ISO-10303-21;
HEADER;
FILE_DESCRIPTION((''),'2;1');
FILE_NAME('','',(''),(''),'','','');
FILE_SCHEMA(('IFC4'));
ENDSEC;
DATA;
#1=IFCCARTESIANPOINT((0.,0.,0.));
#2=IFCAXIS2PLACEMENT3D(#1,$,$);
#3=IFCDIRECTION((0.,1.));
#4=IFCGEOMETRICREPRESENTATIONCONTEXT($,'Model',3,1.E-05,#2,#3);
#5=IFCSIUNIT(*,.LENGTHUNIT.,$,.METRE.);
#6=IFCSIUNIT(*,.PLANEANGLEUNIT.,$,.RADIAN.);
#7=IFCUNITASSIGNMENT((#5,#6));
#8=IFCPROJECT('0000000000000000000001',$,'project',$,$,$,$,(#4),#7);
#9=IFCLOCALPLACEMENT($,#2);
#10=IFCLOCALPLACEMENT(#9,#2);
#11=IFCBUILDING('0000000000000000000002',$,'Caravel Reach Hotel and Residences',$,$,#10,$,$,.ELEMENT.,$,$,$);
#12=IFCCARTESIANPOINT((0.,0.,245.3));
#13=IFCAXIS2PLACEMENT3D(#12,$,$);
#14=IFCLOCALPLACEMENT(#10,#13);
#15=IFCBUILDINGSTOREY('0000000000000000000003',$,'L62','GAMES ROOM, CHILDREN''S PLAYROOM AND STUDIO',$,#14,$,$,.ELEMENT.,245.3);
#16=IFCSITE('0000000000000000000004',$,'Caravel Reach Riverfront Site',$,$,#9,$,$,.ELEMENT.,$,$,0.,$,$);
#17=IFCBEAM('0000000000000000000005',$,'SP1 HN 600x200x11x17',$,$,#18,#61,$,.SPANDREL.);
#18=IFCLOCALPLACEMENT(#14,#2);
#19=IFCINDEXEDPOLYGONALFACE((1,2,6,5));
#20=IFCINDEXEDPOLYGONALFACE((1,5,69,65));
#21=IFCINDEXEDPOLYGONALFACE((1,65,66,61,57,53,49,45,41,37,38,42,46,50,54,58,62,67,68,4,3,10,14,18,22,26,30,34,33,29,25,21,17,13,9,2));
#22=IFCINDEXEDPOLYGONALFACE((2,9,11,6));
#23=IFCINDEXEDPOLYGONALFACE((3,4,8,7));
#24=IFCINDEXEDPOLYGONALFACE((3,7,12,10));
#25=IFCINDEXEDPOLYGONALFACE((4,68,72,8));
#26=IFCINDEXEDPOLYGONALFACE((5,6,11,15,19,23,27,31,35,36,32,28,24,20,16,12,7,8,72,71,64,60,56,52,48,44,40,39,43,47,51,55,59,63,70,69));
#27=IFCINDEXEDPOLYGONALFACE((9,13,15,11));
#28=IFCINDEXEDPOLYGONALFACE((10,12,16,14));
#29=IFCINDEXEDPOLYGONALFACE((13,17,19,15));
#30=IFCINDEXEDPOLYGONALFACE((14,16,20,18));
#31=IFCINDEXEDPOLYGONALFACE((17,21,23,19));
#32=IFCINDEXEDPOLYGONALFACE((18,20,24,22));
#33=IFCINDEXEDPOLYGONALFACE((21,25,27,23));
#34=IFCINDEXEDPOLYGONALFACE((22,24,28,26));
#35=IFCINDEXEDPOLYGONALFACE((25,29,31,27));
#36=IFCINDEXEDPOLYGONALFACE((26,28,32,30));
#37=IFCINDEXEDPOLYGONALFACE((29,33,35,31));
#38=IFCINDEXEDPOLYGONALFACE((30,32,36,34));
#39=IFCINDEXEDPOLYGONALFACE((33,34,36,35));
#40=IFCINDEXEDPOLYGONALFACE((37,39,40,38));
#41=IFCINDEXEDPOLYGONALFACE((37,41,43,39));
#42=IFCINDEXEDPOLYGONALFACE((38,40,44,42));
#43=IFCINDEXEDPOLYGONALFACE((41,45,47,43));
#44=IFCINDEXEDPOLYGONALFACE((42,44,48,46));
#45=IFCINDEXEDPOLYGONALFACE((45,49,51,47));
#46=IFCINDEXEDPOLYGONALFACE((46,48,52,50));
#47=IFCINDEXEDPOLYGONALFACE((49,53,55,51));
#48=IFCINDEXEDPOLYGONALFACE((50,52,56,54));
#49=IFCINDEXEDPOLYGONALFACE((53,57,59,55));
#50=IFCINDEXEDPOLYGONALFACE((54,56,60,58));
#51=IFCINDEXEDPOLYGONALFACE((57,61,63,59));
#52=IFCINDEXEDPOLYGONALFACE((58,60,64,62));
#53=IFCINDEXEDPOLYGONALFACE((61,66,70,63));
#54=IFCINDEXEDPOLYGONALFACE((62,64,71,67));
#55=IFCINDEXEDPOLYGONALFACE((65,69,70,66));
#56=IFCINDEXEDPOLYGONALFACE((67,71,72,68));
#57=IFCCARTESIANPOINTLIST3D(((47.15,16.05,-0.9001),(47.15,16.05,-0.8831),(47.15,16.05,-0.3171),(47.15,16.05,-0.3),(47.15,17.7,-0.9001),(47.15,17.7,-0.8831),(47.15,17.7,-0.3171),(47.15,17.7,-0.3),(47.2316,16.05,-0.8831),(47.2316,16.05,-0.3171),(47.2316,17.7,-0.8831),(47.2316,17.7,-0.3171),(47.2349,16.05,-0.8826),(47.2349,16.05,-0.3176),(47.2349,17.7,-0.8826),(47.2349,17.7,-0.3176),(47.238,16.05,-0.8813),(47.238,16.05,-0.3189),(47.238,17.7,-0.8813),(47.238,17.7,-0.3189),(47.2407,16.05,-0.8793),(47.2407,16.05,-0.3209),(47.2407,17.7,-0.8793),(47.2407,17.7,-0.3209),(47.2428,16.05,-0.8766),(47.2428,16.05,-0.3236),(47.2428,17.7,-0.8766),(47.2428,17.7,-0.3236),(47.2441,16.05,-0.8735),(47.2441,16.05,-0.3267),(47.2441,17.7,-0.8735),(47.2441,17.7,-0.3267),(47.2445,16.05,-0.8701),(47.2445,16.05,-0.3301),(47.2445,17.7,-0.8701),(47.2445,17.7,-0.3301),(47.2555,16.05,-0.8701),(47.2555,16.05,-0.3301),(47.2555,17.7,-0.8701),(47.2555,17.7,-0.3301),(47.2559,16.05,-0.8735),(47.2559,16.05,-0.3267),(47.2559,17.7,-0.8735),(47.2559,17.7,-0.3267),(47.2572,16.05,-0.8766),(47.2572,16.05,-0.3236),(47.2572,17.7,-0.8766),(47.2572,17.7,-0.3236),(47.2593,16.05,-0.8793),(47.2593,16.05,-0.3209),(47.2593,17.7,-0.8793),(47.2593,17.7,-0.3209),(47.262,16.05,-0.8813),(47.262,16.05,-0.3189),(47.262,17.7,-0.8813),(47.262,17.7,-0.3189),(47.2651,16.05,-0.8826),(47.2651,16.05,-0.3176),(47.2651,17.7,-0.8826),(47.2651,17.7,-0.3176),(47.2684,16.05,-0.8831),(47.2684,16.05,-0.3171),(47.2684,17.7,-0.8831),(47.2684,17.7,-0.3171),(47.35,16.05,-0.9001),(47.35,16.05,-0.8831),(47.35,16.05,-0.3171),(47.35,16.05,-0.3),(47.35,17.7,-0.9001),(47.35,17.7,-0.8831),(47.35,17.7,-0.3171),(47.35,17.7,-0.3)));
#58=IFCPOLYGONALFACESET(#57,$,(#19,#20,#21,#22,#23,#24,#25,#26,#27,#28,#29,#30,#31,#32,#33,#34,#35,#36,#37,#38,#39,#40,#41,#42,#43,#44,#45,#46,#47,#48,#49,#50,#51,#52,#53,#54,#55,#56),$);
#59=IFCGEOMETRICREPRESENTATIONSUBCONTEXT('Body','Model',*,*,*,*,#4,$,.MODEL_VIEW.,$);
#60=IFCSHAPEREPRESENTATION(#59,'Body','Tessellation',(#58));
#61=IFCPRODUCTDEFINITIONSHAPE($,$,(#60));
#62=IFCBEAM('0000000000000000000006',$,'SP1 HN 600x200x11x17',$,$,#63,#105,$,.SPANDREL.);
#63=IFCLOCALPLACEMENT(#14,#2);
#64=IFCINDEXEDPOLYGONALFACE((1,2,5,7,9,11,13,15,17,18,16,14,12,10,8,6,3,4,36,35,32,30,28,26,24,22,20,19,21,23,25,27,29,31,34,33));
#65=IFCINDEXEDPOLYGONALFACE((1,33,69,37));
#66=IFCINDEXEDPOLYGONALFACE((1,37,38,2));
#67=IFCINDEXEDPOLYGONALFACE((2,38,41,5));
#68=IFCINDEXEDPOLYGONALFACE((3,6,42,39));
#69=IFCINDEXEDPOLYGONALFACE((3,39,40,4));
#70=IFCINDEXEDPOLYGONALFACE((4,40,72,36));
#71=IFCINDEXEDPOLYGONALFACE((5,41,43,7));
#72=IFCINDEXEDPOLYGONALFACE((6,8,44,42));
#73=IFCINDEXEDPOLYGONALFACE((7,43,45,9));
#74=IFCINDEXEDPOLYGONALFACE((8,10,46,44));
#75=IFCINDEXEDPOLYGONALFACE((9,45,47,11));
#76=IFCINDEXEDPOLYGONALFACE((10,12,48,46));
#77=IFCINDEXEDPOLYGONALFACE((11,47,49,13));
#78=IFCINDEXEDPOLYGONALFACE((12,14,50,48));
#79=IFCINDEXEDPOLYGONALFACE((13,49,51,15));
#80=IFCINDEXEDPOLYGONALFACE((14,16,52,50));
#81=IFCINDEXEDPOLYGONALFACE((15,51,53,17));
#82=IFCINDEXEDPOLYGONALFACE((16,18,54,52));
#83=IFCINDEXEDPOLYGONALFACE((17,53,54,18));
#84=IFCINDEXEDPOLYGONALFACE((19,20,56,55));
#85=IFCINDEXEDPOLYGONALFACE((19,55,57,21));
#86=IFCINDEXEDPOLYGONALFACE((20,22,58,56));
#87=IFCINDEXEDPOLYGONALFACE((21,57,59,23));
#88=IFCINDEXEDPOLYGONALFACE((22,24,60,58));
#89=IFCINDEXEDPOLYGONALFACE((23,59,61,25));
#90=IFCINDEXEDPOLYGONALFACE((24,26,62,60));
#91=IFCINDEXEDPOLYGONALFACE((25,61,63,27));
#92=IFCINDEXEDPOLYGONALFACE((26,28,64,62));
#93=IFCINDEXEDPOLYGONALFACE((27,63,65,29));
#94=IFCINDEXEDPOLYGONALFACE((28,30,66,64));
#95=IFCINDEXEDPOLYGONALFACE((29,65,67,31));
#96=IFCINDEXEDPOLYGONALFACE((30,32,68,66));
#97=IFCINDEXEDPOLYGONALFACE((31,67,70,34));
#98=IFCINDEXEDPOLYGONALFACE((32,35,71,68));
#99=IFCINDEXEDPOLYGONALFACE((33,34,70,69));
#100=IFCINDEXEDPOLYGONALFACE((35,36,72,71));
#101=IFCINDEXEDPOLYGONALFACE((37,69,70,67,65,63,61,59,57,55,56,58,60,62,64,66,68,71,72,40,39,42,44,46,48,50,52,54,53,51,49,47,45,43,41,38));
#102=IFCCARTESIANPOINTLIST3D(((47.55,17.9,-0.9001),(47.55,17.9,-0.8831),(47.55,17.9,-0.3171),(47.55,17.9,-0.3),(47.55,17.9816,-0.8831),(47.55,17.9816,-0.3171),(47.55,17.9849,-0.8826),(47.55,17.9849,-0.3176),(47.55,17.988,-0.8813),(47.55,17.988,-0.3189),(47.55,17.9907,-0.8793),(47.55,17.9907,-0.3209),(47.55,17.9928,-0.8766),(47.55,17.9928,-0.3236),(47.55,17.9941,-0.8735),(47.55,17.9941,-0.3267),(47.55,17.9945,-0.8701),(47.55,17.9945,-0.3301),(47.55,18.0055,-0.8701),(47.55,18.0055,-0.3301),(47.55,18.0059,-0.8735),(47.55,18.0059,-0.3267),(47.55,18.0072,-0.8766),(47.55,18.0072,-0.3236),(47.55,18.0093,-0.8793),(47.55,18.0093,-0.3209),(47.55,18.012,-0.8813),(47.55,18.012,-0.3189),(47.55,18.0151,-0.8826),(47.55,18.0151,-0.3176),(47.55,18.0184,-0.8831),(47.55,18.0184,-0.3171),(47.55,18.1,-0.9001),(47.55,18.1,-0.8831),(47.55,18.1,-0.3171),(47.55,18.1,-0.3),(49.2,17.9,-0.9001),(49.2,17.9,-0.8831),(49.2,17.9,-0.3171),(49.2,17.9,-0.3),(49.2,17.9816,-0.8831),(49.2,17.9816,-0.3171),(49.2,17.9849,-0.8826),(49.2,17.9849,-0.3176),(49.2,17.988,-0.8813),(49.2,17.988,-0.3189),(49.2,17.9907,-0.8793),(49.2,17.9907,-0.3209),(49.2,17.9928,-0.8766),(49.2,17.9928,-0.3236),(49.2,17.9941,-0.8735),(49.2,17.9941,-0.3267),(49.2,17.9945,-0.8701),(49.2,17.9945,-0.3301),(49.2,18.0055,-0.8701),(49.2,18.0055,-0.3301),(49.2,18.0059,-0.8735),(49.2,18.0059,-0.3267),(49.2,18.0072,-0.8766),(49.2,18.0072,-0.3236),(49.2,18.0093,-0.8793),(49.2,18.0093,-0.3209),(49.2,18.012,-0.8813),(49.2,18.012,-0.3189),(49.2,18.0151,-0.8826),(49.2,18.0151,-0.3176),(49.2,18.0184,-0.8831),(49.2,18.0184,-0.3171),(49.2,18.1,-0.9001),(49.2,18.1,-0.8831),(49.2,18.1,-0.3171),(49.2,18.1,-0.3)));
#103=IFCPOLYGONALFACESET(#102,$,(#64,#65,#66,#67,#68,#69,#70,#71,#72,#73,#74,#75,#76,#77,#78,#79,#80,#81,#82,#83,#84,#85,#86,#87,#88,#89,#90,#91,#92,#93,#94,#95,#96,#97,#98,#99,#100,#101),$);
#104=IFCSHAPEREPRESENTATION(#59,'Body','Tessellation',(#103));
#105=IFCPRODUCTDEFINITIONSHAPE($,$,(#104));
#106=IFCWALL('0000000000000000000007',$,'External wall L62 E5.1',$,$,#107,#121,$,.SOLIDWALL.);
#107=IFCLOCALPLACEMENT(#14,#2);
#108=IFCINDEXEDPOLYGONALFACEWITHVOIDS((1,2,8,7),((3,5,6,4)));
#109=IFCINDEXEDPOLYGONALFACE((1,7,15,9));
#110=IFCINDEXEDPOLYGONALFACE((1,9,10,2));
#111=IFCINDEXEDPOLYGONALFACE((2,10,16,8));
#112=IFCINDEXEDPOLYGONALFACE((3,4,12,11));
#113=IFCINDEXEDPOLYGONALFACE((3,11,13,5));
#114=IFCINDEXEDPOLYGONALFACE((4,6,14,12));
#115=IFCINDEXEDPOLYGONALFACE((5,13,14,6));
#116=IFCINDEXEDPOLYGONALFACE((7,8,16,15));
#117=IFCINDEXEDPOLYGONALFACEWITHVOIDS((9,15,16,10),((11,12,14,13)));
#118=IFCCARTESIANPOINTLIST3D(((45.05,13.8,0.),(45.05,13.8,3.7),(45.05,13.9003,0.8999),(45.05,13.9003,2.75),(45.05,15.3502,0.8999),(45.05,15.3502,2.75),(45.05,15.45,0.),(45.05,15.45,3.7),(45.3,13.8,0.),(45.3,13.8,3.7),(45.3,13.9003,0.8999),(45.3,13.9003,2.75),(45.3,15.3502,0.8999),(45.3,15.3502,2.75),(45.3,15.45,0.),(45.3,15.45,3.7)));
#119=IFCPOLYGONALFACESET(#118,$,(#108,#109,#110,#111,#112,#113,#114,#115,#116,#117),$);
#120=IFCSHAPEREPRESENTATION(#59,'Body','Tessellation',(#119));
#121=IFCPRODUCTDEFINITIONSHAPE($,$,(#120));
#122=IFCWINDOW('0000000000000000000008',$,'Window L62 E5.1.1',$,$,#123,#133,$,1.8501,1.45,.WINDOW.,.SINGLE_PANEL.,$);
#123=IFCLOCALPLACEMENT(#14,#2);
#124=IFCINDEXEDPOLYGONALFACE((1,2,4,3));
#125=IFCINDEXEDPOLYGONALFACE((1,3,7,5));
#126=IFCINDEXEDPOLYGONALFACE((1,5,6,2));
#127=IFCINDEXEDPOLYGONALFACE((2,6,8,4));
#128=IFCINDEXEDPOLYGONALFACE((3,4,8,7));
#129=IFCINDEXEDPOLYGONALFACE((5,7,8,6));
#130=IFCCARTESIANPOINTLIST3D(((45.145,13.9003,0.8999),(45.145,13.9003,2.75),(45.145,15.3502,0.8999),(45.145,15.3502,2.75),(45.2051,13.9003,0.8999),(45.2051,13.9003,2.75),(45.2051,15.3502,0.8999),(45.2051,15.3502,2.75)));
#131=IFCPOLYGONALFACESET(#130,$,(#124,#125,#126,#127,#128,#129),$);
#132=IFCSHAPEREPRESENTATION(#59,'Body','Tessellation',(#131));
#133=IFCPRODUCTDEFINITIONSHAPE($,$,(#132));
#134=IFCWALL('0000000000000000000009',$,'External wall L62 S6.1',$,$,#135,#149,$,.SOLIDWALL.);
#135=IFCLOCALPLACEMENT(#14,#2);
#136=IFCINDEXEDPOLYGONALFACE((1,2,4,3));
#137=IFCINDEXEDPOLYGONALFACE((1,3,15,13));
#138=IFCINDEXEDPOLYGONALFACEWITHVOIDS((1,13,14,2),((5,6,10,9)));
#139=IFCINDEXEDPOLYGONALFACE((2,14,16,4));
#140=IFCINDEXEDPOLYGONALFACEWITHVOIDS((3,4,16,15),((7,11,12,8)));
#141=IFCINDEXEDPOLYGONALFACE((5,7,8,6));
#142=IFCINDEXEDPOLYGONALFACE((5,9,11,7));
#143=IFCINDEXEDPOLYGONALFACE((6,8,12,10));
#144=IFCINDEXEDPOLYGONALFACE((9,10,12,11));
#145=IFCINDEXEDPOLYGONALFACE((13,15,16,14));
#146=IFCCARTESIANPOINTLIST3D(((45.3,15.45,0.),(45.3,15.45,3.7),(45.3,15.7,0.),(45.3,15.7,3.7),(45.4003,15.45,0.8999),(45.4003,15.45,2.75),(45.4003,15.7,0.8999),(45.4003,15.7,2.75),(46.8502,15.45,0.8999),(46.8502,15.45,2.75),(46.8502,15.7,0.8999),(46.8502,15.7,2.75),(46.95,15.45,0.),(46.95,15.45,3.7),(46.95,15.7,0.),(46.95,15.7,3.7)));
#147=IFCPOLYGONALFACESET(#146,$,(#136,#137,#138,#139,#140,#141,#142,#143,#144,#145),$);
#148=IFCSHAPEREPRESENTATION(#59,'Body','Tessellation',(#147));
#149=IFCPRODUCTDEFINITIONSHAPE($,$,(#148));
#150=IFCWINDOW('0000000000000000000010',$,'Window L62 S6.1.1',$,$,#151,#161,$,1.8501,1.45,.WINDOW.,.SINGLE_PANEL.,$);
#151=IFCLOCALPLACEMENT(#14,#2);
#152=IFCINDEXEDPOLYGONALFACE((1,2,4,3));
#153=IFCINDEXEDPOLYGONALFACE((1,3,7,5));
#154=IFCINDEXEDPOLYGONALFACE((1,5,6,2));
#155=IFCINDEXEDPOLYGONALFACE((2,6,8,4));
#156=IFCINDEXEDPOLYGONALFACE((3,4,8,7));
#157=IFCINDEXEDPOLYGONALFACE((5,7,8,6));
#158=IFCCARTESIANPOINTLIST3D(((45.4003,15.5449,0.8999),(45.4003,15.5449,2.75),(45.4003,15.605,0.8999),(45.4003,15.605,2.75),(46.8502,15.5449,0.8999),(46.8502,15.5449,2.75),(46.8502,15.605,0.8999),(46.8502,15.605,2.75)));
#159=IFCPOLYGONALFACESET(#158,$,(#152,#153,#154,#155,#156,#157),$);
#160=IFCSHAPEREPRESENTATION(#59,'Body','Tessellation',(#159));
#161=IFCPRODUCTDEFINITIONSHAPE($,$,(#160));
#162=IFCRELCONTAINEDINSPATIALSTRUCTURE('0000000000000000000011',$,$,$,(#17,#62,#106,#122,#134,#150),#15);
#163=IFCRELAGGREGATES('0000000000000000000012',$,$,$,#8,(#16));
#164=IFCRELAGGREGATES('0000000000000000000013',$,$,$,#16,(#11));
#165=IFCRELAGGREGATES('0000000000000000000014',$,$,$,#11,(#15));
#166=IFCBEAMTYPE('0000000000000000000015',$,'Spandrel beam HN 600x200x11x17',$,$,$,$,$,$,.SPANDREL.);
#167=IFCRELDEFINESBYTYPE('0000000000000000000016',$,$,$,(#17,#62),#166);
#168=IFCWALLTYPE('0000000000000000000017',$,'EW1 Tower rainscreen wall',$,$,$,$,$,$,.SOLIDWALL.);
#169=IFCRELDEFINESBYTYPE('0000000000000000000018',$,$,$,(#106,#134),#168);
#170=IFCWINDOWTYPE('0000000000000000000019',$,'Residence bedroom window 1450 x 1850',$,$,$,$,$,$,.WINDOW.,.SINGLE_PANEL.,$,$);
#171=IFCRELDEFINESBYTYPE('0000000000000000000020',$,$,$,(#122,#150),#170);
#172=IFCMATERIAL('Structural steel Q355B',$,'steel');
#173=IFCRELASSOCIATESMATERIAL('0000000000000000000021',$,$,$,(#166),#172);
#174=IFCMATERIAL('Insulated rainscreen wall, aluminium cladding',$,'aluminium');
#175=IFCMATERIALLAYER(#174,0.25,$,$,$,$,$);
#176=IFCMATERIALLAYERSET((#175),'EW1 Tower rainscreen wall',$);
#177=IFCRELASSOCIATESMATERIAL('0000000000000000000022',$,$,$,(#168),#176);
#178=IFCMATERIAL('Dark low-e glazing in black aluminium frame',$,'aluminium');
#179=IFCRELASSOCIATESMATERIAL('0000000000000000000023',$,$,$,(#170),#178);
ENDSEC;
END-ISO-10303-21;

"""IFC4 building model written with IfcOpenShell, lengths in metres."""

from ifc_helpers import new_model, si_unit, direction, frame, frame_2d, origin, origin_2d, place, context, subcontext, project, spatial, rectangle, i_section, extrude, material, layer, layer_set, material_profile, profile_set, type_object, element, fill, save


model = new_model("IFC4")

# Units and contexts
model_context = context("Model", 3, precision=1e-05, world=origin(), true_north=direction((0.0, 1.0)))
body_context = subcontext(model_context, "Body", "Model", "MODEL_VIEW")
ifc_project = project(units=[si_unit("LENGTHUNIT", "METRE"), si_unit("PLANEANGLEUNIT", "RADIAN")], contexts=[model_context])

# Site, building, storey
site_placement = place(None, origin())
site = spatial("IfcSite", under=ifc_project, at=site_placement, Name="Caravel Reach Riverfront Site", CompositionType="ELEMENT", RefElevation=0.0)
building_placement = place(site_placement, origin())
building = spatial("IfcBuilding", under=site, at=building_placement, Name="Caravel Reach Hotel and Residences", CompositionType="ELEMENT")
storey_placement = place(building_placement, frame((0.0, 0.0, 245.3)))
storey = spatial("IfcBuildingStorey", under=building, at=storey_placement, Name="L62", Description="GAMES ROOM, CHILDREN'S PLAYROOM AND STUDIO", CompositionType="ELEMENT", Elevation=245.3)

# Beams
ifc_material_1 = material(Name="Structural steel Q355B", Category="steel")
ifc_material_profile_1 = material_profile(ifc_material_1, i_section(OverallWidth=0.2, OverallDepth=0.6001, WebThickness=0.011, FlangeThickness=0.0171, FilletRadius=0.0129, at=origin_2d()), Name="HN 600x200x11x17")
ifc_profile_set_1 = profile_set([ifc_material_profile_1], Name="Structural steel Q355B")
beam_type = type_object("IfcBeamType", Name="Spandrel beam HN 600x200x11x17", PredefinedType="SPANDREL", material=ifc_profile_set_1)
for number, where, z_axis, x_axis, name in (
    (1, (47.25, 16.05, -0.6001), (0.0, 1.0, 0.0), (-1.0, 0.0, 0.0), "SP1 HN 600x200x11x17"),
    (2, (47.55, 18.0, -0.6001), (1.0, 0.0, 0.0), (0.0, 1.0, 0.0), "SP1 HN 600x200x11x17"),
):
    element("IfcBeam", number, at=place(storey_placement, frame(where, z_axis=z_axis, x_axis=x_axis)), inside=storey, type_object=beam_type, Name=name, PredefinedType="SPANDREL", context=body_context, shape_type="SweptSolid", body=[
        extrude(i_section(OverallWidth=0.2, OverallDepth=0.6001, WebThickness=0.011, FlangeThickness=0.0171, FilletRadius=0.0129, at=origin_2d()), origin(), (0.0, 0.0, 1.0), 1.6499),
    ])

# Walls, openings, windows
ifc_material_2 = material(Name="Insulated rainscreen wall, aluminium cladding", Category="aluminium")
ifc_layer = layer(ifc_material_2, 0.25)
ifc_layer_set = layer_set([ifc_layer], Name="EW1 Tower rainscreen wall")
wall_type = type_object("IfcWallType", Name="EW1 Tower rainscreen wall", PredefinedType="SOLIDWALL", material=ifc_layer_set)
wall_1_placement = place(storey_placement, frame((45.175, 13.8, 0.0), z_axis=(0.0, 0.0, 1.0), x_axis=(0.0, 1.0, 0.0)))
wall_1 = element("IfcWall", 3, at=wall_1_placement, inside=storey, type_object=wall_type, Name="External wall L62 E5.1", PredefinedType="SOLIDWALL", context=body_context, shape_type="SweptSolid", body=[
    extrude(rectangle(XDim=1.6499, YDim=0.25, at=frame_2d((0.825, 0.0))), origin(), (0.0, 0.0, 1.0), 3.7),
])
opening_1_placement = place(wall_1_placement, frame((0.1001, 0.0, 0.8999)))
opening_1 = element("IfcOpeningElement", 4, at=opening_1_placement, cuts=wall_1, PredefinedType="OPENING", context=body_context, shape_type="SweptSolid", body=[
    extrude(rectangle(XDim=1.45, YDim=1.8501, at=frame_2d((0.7251, 0.925))), frame((0.0, 0.135, 0.0), z_axis=(0.0, -1.0, 0.0), x_axis=(1.0, 0.0, 0.0)), (0.0, 0.0, 1.0), 0.27),
])
ifc_material_3 = material(Name="Dark low-e glazing in black aluminium frame", Category="aluminium")
window_type = type_object("IfcWindowType", Name="Residence bedroom window 1450 x 1850", PartitioningType="SINGLE_PANEL", PredefinedType="WINDOW", material=ifc_material_3)
window_1_placement = place(opening_1_placement, origin())
window_1 = element("IfcWindow", 5, at=window_1_placement, inside=storey, type_object=window_type, Name="Window L62 E5.1.1", OverallHeight=1.8501, OverallWidth=1.45, PartitioningType="SINGLE_PANEL", PredefinedType="WINDOW", context=body_context, shape_type="SweptSolid", body=[
    extrude(rectangle(XDim=1.45, YDim=1.8501, at=frame_2d((0.7251, 0.925))), frame((0.0, 0.03, 0.0), z_axis=(0.0, -1.0, 0.0), x_axis=(1.0, 0.0, 0.0)), (0.0, 0.0, 1.0), 0.0601),
])
fill(opening_1, window_1)
wall_2_placement = place(storey_placement, frame((45.3, 15.575, 0.0), z_axis=(0.0, 0.0, 1.0), x_axis=(1.0, 0.0, 0.0)))
wall_2 = element("IfcWall", 6, at=wall_2_placement, inside=storey, type_object=wall_type, Name="External wall L62 S6.1", PredefinedType="SOLIDWALL", context=body_context, shape_type="SweptSolid", body=[
    extrude(rectangle(XDim=1.6499, YDim=0.25, at=frame_2d((0.825, 0.0))), origin(), (0.0, 0.0, 1.0), 3.7),
])
opening_2_placement = place(wall_2_placement, frame((0.1001, 0.0, 0.8999)))
opening_2 = element("IfcOpeningElement", 7, at=opening_2_placement, cuts=wall_2, PredefinedType="OPENING", context=body_context, shape_type="SweptSolid", body=[
    extrude(rectangle(XDim=1.45, YDim=1.8501, at=frame_2d((0.7251, 0.925))), frame((0.0, 0.135, 0.0), z_axis=(0.0, -1.0, 0.0), x_axis=(1.0, 0.0, 0.0)), (0.0, 0.0, 1.0), 0.27),
])
window_2_placement = place(opening_2_placement, origin())
window_2 = element("IfcWindow", 8, at=window_2_placement, inside=storey, type_object=window_type, Name="Window L62 S6.1.1", OverallHeight=1.8501, OverallWidth=1.45, PartitioningType="SINGLE_PANEL", PredefinedType="WINDOW", context=body_context, shape_type="SweptSolid", body=[
    extrude(rectangle(XDim=1.45, YDim=1.8501, at=frame_2d((0.7251, 0.925))), frame((0.0, 0.03, 0.0), z_axis=(0.0, -1.0, 0.0), x_axis=(1.0, 0.0, 0.0)), (0.0, 0.0, 1.0), 0.0601),
])
fill(opening_2, window_2)

save(model, "model.ifc")
